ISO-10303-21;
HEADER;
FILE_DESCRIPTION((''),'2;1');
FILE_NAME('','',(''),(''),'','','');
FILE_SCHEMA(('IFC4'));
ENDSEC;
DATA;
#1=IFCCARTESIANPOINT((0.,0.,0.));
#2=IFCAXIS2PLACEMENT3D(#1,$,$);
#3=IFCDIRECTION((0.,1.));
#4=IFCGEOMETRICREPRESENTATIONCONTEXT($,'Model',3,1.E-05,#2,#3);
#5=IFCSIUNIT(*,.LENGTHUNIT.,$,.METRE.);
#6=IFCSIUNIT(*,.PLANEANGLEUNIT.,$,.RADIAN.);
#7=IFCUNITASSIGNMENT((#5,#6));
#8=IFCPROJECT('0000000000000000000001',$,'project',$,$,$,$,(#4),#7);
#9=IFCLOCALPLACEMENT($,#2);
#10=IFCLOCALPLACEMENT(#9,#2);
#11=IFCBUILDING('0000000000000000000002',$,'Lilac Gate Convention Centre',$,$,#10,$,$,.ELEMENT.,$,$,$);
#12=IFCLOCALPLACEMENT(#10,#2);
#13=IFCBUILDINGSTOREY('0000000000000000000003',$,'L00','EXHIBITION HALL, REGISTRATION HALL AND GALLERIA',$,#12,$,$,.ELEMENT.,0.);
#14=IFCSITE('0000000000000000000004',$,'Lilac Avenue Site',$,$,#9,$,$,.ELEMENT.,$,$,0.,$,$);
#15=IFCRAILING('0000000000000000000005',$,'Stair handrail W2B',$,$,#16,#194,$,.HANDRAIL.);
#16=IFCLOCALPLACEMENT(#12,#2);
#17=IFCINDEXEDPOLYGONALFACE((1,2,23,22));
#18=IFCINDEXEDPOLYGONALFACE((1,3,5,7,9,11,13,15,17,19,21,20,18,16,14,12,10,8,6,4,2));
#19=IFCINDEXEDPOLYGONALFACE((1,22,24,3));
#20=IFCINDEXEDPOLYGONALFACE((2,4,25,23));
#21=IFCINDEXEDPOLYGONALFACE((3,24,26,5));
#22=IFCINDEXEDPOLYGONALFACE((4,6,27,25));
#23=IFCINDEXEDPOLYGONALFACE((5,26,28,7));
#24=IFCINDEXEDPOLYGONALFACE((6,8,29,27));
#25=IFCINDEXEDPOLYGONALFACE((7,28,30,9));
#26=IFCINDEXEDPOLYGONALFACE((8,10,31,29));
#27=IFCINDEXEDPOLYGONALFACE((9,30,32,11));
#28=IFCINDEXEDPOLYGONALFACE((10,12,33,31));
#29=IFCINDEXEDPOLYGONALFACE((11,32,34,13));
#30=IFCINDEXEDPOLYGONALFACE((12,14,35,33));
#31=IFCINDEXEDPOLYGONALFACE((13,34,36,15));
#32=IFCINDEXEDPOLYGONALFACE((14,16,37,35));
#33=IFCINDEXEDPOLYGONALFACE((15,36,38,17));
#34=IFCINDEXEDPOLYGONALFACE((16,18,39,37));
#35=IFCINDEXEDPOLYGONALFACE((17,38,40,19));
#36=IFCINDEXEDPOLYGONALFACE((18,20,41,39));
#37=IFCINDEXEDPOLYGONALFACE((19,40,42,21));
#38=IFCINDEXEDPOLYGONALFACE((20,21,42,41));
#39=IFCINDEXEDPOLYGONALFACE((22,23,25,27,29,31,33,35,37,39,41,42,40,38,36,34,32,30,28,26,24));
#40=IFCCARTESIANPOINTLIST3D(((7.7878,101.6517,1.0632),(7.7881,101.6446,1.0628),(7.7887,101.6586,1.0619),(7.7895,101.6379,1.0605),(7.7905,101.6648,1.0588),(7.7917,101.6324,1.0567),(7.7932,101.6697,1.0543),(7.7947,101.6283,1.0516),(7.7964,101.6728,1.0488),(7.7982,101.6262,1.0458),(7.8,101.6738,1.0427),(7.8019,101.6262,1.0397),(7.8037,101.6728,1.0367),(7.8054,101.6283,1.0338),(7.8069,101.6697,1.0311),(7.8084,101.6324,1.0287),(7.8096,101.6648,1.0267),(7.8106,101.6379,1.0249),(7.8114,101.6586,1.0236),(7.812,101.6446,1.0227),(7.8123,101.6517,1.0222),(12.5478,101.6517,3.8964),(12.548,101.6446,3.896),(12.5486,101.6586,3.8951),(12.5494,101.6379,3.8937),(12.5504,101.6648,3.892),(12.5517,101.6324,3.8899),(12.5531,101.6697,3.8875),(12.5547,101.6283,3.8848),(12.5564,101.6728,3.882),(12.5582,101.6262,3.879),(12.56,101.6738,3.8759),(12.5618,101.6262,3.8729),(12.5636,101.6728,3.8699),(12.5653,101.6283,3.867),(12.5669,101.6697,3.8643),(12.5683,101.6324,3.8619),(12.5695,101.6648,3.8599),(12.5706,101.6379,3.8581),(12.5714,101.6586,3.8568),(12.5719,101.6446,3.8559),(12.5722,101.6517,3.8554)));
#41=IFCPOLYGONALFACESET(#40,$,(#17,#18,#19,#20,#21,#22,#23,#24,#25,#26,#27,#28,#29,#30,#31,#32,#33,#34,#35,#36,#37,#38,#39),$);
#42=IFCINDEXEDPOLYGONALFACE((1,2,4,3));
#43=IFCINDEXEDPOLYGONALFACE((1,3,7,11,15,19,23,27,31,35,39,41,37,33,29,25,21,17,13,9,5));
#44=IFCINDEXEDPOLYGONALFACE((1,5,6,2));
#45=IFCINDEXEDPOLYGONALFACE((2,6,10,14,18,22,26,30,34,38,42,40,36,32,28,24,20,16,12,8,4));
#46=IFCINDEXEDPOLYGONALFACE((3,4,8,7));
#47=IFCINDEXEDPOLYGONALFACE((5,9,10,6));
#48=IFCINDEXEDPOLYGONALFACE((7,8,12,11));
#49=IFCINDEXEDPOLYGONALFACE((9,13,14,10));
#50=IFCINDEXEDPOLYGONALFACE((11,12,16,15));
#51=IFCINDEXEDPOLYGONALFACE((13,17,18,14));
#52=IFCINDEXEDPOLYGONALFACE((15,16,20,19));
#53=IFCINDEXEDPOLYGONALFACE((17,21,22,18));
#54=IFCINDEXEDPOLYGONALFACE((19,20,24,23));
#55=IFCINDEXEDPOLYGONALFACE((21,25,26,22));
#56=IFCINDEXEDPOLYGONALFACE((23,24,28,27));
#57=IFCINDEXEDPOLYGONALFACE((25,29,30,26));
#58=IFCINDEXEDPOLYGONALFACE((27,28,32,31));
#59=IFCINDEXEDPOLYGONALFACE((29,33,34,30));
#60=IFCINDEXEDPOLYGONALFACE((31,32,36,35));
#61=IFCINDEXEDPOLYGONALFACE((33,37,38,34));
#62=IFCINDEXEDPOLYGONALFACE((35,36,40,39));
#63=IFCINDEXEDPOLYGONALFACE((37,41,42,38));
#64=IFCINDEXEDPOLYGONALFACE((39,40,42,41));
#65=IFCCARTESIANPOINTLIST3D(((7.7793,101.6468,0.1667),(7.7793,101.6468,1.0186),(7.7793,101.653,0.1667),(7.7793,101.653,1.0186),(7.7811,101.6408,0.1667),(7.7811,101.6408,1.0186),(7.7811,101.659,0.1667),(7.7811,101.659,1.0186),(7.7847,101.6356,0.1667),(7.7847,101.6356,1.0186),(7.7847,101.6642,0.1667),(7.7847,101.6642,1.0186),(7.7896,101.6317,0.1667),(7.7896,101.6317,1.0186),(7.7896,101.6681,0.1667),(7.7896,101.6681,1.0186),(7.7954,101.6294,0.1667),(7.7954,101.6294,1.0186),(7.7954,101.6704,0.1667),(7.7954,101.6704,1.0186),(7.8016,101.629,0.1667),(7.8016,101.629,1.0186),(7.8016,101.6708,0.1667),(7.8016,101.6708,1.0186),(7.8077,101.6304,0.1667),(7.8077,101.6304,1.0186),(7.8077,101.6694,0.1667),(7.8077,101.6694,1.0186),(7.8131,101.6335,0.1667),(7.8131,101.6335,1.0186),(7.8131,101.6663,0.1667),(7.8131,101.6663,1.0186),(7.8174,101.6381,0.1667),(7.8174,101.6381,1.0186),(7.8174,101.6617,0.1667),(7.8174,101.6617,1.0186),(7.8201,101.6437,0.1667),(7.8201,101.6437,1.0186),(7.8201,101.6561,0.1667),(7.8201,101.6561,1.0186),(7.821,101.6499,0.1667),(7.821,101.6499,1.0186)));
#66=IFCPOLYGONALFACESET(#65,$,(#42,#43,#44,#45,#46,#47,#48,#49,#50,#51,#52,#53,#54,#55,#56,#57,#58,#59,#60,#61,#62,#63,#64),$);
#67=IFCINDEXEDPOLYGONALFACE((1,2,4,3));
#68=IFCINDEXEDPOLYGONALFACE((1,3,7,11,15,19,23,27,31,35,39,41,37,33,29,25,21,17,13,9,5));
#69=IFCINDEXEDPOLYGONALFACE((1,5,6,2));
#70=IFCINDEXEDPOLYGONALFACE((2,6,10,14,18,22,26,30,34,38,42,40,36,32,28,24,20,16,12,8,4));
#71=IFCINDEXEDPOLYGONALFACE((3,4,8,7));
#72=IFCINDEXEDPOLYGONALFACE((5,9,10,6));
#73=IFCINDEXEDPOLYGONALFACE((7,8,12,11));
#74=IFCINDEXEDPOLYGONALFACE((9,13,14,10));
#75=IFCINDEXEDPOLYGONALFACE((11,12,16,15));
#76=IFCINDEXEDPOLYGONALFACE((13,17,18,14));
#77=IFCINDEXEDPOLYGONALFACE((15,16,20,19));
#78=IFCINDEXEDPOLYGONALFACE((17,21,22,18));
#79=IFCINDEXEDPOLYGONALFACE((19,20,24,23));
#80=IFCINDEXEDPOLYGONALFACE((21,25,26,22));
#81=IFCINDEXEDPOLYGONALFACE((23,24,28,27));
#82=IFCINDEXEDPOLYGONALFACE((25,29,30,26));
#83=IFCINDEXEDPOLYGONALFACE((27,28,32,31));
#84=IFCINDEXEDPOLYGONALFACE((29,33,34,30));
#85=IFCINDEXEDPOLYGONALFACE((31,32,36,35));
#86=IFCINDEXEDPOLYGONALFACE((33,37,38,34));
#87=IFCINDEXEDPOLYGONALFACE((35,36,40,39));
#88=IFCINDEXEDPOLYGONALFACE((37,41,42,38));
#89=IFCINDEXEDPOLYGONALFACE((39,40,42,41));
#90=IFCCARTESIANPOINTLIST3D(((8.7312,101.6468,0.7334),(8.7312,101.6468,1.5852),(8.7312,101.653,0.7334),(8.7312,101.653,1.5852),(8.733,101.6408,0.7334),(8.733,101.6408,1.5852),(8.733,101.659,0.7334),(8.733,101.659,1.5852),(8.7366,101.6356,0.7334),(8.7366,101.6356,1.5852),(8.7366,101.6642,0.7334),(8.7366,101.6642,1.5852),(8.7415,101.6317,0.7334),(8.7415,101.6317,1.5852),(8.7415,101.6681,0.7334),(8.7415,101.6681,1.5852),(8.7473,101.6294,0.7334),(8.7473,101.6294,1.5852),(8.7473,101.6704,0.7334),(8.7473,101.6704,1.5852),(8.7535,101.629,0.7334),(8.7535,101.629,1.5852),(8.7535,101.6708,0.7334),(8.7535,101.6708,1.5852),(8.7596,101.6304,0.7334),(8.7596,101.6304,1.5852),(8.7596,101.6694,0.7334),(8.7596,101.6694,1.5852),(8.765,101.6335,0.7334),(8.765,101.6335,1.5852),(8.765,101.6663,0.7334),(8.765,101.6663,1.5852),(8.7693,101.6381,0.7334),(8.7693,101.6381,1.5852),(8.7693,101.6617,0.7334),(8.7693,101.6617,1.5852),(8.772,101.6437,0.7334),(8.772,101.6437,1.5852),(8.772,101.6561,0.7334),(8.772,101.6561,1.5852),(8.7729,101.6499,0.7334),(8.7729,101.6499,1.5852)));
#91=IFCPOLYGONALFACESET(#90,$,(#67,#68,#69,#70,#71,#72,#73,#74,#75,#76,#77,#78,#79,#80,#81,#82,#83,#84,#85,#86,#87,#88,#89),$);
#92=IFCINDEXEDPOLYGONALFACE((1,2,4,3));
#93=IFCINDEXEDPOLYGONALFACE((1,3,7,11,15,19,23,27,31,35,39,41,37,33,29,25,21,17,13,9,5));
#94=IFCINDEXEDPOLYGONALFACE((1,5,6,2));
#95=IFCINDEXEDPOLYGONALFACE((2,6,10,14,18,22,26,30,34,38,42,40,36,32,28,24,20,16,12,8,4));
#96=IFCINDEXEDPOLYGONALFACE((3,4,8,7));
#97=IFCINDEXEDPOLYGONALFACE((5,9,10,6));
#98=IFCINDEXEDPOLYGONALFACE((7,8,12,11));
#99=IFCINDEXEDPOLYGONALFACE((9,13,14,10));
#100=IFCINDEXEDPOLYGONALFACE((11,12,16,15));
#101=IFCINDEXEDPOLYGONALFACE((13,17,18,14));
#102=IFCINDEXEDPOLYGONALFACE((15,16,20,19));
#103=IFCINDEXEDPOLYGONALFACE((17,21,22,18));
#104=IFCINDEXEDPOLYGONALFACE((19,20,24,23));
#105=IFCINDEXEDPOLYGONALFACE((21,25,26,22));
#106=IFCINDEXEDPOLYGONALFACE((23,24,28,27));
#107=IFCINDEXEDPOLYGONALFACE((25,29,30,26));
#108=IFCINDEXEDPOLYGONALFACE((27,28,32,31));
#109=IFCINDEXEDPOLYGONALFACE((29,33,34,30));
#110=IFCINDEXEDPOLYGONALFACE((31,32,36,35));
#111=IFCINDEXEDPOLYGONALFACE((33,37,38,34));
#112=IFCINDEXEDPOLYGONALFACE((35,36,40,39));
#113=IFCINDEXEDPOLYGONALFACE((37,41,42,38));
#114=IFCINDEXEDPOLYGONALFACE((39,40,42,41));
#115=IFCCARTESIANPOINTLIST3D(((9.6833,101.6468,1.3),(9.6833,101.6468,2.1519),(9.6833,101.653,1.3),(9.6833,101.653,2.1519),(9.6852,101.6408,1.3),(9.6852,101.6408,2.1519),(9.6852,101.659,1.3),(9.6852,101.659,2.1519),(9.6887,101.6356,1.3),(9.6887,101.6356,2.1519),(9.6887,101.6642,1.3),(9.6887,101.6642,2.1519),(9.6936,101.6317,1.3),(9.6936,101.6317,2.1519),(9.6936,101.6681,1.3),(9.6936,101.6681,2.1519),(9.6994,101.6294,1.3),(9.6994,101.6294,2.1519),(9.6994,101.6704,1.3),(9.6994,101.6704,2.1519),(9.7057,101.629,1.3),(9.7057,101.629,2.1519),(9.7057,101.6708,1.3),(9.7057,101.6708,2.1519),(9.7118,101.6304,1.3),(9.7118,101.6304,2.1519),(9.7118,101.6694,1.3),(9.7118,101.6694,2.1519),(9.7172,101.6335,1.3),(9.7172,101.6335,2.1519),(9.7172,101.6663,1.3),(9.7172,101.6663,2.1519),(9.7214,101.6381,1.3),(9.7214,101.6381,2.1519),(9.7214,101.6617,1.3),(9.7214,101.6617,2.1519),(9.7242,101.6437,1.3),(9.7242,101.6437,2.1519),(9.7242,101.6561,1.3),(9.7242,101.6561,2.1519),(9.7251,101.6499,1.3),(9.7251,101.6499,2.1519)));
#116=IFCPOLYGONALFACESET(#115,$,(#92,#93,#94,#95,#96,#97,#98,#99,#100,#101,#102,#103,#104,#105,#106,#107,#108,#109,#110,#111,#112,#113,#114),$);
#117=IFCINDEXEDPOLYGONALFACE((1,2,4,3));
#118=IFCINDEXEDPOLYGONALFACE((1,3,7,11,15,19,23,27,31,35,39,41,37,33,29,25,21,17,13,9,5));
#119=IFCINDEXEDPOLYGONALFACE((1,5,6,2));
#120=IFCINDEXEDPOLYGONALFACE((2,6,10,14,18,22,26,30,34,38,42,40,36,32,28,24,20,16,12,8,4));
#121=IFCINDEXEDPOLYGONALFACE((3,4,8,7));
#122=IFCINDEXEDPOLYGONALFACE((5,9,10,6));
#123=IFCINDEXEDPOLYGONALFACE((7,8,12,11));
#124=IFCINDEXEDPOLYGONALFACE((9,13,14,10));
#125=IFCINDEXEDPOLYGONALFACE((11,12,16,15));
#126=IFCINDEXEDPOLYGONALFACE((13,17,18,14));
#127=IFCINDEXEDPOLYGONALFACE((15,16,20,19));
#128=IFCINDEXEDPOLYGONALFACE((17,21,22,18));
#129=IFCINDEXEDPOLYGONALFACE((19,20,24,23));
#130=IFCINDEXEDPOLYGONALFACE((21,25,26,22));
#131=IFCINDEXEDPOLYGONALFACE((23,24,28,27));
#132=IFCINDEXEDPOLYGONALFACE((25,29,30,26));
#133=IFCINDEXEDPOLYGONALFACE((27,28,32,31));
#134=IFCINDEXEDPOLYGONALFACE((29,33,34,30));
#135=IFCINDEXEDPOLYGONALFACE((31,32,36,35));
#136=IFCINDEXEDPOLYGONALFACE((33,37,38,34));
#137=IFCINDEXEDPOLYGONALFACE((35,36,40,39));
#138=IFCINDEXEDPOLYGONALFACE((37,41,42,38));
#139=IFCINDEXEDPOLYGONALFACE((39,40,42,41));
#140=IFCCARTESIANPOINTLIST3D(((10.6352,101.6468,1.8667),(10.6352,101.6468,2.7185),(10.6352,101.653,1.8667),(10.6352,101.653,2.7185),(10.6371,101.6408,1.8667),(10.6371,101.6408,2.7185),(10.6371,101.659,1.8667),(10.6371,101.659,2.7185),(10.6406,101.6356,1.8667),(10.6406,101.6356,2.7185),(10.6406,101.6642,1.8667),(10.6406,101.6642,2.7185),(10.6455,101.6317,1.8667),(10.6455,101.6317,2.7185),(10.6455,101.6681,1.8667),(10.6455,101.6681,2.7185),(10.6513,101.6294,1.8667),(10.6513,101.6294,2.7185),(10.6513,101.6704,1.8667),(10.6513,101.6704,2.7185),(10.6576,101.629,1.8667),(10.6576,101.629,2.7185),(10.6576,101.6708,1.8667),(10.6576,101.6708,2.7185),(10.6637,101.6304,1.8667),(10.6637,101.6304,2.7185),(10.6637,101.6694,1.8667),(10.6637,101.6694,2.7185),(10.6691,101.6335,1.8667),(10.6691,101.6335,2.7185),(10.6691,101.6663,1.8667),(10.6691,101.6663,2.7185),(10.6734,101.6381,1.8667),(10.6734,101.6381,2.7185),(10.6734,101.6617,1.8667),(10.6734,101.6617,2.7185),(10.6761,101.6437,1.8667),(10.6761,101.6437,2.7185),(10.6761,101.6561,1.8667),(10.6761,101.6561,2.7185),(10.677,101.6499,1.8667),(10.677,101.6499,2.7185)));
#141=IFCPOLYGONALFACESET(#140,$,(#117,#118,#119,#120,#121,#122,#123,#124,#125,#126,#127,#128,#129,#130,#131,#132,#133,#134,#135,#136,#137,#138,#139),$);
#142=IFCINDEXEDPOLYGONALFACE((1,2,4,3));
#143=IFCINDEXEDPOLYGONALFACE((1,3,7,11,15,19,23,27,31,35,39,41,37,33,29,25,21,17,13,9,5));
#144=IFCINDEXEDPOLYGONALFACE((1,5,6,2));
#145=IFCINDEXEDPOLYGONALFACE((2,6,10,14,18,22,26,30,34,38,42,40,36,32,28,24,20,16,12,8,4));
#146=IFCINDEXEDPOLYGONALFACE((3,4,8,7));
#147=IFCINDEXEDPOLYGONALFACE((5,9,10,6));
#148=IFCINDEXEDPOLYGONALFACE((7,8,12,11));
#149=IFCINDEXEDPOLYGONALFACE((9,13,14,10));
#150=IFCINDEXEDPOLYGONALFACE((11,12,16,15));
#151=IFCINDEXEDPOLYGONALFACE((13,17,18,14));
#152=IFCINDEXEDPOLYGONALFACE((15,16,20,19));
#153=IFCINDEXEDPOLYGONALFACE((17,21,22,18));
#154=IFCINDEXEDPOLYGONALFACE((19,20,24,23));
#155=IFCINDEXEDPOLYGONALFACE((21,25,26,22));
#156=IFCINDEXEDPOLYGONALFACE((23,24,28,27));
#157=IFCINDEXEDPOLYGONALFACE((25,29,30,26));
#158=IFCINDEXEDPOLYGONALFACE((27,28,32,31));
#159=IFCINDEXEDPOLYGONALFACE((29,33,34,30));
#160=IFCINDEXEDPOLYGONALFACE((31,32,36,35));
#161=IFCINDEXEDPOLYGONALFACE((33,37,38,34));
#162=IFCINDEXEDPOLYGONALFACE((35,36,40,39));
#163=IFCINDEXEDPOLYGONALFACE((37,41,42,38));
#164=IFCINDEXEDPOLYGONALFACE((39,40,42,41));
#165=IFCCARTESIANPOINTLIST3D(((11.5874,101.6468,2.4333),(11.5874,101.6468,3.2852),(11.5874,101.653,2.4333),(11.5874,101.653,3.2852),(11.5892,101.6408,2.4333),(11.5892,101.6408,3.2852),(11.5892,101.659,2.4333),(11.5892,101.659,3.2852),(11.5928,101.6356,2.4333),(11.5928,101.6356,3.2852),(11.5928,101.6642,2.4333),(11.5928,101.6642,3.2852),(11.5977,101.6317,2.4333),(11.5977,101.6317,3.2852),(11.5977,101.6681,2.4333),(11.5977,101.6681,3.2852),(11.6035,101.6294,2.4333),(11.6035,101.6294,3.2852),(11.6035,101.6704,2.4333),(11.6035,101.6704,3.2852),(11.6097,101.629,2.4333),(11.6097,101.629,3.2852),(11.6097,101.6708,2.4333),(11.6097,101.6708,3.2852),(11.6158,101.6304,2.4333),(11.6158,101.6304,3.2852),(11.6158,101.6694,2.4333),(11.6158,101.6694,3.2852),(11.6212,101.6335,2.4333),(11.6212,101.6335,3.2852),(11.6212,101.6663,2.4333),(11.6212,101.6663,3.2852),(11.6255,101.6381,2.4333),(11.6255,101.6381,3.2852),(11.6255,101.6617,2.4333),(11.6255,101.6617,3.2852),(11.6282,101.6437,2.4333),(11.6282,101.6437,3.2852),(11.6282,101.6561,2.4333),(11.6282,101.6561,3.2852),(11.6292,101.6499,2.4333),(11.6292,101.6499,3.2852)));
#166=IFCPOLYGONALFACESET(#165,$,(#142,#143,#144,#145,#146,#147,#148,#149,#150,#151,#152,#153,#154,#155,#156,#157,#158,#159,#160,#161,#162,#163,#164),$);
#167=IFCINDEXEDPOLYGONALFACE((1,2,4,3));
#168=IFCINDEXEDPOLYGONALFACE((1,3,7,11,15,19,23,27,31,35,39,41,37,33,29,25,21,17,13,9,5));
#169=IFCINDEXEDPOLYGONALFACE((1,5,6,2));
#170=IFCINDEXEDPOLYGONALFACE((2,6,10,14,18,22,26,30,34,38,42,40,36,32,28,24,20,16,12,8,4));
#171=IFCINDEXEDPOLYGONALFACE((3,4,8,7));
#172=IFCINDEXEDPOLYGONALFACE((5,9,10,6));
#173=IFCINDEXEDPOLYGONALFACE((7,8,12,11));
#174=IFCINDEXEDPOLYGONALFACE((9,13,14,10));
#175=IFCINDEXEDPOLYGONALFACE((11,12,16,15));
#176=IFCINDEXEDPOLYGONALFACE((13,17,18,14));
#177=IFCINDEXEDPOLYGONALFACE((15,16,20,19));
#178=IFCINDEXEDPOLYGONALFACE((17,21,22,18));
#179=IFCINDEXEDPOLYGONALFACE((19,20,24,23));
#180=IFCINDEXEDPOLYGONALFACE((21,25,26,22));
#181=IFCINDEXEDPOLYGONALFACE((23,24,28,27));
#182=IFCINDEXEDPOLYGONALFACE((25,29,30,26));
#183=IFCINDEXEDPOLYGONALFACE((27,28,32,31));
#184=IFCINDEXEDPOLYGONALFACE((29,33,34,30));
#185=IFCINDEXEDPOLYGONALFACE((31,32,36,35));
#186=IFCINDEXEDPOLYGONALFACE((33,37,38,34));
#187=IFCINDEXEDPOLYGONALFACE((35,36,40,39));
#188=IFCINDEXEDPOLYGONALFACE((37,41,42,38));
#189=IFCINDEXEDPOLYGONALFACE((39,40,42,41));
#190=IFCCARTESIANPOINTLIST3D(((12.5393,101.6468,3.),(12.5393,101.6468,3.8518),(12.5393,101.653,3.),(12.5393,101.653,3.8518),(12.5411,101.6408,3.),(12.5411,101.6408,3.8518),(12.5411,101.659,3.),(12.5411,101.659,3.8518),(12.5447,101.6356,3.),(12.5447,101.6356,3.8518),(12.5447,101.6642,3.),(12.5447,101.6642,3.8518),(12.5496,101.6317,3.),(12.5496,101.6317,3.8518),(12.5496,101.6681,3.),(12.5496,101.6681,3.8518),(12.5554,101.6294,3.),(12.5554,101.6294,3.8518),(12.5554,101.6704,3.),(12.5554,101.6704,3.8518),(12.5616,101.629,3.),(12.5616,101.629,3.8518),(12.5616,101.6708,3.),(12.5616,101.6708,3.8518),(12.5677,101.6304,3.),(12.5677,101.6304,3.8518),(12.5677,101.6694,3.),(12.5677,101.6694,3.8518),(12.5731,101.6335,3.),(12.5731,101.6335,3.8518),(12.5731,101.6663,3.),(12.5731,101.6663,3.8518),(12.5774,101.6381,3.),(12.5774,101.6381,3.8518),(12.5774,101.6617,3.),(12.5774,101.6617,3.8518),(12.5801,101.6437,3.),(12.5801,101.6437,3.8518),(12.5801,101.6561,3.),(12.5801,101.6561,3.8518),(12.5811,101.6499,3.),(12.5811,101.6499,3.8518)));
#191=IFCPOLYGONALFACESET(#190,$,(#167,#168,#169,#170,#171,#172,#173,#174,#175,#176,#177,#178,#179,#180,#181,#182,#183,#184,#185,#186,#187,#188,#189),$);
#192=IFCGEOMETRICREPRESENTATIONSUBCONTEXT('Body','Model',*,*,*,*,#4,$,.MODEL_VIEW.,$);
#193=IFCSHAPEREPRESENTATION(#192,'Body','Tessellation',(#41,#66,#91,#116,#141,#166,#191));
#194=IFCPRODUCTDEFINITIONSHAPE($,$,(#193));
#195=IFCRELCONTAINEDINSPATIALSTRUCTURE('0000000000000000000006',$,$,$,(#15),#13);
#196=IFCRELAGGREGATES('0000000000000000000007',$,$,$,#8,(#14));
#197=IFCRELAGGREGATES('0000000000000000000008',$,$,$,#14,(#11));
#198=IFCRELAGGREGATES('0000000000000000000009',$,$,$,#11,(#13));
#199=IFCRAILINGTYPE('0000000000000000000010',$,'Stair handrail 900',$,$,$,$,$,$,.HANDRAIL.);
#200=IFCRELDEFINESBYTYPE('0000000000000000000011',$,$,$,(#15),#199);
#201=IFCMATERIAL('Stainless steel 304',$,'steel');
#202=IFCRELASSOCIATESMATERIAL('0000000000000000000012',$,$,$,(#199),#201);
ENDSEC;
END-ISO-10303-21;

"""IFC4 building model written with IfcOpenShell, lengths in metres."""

from ifc_helpers import new_model, si_unit, direction, frame, origin, origin_2d, place, context, subcontext, project, spatial, circle, extrude, material, type_object, element, save


model = new_model("IFC4")

# Units and contexts
model_context = context("Model", 3, precision=1e-05, world=origin(), true_north=direction((0.0, 1.0)))
body_context = subcontext(model_context, "Body", "Model", "MODEL_VIEW")
ifc_project = project(units=[si_unit("LENGTHUNIT", "METRE"), si_unit("PLANEANGLEUNIT", "RADIAN")], contexts=[model_context])

# Site, building, storey
site_placement = place(None, origin())
site = spatial("IfcSite", under=ifc_project, at=site_placement, Name="Lilac Avenue Site", CompositionType="ELEMENT", RefElevation=0.0)
building_placement = place(site_placement, origin())
building = spatial("IfcBuilding", under=site, at=building_placement, Name="Lilac Gate Convention Centre", CompositionType="ELEMENT")
storey_placement = place(building_placement, origin())
storey = spatial("IfcBuildingStorey", under=building, at=storey_placement, Name="L00", Description="EXHIBITION HALL, REGISTRATION HALL AND GALLERIA", CompositionType="ELEMENT", Elevation=0.0)

# Railing
ifc_material_1 = material(Name="Stainless steel 304", Category="steel")
railing_type_1 = type_object("IfcRailingType", Name="Stair handrail 900", PredefinedType="HANDRAIL", material=ifc_material_1)
for number, where, name in (
    (1, (7.8, 101.6499, 0.1667), "Stair handrail W2B"),
):
    element("IfcRailing", number, at=place(storey_placement, frame(where)), inside=storey, type_object=railing_type_1, Name=name, PredefinedType="HANDRAIL", context=body_context, shape_type="SweptSolid", body=[
        extrude(circle(Radius=0.0239, at=origin_2d()), frame((0.0, 0.0, 0.876), z_axis=(0.8593, 0.0, 0.511472), x_axis=(0.0, 1.0, 0.0)), (0.0, 0.0, 1.0), 5.5393),
        extrude(circle(Radius=0.021, at=origin_2d()), origin(), (0.0, 0.0, 1.0), 0.8518),
        extrude(circle(Radius=0.021, at=origin_2d()), frame((0.9519, 0.0, 0.5667)), (0.0, 0.0, 1.0), 0.8518),
        extrude(circle(Radius=0.021, at=origin_2d()), frame((1.9041, 0.0, 1.1333)), (0.0, 0.0, 1.0), 0.8518),
        extrude(circle(Radius=0.021, at=origin_2d()), frame((2.856, 0.0, 1.7)), (0.0, 0.0, 1.0), 0.8518),
        extrude(circle(Radius=0.021, at=origin_2d()), frame((3.8081, 0.0, 2.2666)), (0.0, 0.0, 1.0), 0.8518),
        extrude(circle(Radius=0.021, at=origin_2d()), frame((4.76, 0.0, 2.8333)), (0.0, 0.0, 1.0), 0.8518),
    ])

save(model, "model.ifc")
